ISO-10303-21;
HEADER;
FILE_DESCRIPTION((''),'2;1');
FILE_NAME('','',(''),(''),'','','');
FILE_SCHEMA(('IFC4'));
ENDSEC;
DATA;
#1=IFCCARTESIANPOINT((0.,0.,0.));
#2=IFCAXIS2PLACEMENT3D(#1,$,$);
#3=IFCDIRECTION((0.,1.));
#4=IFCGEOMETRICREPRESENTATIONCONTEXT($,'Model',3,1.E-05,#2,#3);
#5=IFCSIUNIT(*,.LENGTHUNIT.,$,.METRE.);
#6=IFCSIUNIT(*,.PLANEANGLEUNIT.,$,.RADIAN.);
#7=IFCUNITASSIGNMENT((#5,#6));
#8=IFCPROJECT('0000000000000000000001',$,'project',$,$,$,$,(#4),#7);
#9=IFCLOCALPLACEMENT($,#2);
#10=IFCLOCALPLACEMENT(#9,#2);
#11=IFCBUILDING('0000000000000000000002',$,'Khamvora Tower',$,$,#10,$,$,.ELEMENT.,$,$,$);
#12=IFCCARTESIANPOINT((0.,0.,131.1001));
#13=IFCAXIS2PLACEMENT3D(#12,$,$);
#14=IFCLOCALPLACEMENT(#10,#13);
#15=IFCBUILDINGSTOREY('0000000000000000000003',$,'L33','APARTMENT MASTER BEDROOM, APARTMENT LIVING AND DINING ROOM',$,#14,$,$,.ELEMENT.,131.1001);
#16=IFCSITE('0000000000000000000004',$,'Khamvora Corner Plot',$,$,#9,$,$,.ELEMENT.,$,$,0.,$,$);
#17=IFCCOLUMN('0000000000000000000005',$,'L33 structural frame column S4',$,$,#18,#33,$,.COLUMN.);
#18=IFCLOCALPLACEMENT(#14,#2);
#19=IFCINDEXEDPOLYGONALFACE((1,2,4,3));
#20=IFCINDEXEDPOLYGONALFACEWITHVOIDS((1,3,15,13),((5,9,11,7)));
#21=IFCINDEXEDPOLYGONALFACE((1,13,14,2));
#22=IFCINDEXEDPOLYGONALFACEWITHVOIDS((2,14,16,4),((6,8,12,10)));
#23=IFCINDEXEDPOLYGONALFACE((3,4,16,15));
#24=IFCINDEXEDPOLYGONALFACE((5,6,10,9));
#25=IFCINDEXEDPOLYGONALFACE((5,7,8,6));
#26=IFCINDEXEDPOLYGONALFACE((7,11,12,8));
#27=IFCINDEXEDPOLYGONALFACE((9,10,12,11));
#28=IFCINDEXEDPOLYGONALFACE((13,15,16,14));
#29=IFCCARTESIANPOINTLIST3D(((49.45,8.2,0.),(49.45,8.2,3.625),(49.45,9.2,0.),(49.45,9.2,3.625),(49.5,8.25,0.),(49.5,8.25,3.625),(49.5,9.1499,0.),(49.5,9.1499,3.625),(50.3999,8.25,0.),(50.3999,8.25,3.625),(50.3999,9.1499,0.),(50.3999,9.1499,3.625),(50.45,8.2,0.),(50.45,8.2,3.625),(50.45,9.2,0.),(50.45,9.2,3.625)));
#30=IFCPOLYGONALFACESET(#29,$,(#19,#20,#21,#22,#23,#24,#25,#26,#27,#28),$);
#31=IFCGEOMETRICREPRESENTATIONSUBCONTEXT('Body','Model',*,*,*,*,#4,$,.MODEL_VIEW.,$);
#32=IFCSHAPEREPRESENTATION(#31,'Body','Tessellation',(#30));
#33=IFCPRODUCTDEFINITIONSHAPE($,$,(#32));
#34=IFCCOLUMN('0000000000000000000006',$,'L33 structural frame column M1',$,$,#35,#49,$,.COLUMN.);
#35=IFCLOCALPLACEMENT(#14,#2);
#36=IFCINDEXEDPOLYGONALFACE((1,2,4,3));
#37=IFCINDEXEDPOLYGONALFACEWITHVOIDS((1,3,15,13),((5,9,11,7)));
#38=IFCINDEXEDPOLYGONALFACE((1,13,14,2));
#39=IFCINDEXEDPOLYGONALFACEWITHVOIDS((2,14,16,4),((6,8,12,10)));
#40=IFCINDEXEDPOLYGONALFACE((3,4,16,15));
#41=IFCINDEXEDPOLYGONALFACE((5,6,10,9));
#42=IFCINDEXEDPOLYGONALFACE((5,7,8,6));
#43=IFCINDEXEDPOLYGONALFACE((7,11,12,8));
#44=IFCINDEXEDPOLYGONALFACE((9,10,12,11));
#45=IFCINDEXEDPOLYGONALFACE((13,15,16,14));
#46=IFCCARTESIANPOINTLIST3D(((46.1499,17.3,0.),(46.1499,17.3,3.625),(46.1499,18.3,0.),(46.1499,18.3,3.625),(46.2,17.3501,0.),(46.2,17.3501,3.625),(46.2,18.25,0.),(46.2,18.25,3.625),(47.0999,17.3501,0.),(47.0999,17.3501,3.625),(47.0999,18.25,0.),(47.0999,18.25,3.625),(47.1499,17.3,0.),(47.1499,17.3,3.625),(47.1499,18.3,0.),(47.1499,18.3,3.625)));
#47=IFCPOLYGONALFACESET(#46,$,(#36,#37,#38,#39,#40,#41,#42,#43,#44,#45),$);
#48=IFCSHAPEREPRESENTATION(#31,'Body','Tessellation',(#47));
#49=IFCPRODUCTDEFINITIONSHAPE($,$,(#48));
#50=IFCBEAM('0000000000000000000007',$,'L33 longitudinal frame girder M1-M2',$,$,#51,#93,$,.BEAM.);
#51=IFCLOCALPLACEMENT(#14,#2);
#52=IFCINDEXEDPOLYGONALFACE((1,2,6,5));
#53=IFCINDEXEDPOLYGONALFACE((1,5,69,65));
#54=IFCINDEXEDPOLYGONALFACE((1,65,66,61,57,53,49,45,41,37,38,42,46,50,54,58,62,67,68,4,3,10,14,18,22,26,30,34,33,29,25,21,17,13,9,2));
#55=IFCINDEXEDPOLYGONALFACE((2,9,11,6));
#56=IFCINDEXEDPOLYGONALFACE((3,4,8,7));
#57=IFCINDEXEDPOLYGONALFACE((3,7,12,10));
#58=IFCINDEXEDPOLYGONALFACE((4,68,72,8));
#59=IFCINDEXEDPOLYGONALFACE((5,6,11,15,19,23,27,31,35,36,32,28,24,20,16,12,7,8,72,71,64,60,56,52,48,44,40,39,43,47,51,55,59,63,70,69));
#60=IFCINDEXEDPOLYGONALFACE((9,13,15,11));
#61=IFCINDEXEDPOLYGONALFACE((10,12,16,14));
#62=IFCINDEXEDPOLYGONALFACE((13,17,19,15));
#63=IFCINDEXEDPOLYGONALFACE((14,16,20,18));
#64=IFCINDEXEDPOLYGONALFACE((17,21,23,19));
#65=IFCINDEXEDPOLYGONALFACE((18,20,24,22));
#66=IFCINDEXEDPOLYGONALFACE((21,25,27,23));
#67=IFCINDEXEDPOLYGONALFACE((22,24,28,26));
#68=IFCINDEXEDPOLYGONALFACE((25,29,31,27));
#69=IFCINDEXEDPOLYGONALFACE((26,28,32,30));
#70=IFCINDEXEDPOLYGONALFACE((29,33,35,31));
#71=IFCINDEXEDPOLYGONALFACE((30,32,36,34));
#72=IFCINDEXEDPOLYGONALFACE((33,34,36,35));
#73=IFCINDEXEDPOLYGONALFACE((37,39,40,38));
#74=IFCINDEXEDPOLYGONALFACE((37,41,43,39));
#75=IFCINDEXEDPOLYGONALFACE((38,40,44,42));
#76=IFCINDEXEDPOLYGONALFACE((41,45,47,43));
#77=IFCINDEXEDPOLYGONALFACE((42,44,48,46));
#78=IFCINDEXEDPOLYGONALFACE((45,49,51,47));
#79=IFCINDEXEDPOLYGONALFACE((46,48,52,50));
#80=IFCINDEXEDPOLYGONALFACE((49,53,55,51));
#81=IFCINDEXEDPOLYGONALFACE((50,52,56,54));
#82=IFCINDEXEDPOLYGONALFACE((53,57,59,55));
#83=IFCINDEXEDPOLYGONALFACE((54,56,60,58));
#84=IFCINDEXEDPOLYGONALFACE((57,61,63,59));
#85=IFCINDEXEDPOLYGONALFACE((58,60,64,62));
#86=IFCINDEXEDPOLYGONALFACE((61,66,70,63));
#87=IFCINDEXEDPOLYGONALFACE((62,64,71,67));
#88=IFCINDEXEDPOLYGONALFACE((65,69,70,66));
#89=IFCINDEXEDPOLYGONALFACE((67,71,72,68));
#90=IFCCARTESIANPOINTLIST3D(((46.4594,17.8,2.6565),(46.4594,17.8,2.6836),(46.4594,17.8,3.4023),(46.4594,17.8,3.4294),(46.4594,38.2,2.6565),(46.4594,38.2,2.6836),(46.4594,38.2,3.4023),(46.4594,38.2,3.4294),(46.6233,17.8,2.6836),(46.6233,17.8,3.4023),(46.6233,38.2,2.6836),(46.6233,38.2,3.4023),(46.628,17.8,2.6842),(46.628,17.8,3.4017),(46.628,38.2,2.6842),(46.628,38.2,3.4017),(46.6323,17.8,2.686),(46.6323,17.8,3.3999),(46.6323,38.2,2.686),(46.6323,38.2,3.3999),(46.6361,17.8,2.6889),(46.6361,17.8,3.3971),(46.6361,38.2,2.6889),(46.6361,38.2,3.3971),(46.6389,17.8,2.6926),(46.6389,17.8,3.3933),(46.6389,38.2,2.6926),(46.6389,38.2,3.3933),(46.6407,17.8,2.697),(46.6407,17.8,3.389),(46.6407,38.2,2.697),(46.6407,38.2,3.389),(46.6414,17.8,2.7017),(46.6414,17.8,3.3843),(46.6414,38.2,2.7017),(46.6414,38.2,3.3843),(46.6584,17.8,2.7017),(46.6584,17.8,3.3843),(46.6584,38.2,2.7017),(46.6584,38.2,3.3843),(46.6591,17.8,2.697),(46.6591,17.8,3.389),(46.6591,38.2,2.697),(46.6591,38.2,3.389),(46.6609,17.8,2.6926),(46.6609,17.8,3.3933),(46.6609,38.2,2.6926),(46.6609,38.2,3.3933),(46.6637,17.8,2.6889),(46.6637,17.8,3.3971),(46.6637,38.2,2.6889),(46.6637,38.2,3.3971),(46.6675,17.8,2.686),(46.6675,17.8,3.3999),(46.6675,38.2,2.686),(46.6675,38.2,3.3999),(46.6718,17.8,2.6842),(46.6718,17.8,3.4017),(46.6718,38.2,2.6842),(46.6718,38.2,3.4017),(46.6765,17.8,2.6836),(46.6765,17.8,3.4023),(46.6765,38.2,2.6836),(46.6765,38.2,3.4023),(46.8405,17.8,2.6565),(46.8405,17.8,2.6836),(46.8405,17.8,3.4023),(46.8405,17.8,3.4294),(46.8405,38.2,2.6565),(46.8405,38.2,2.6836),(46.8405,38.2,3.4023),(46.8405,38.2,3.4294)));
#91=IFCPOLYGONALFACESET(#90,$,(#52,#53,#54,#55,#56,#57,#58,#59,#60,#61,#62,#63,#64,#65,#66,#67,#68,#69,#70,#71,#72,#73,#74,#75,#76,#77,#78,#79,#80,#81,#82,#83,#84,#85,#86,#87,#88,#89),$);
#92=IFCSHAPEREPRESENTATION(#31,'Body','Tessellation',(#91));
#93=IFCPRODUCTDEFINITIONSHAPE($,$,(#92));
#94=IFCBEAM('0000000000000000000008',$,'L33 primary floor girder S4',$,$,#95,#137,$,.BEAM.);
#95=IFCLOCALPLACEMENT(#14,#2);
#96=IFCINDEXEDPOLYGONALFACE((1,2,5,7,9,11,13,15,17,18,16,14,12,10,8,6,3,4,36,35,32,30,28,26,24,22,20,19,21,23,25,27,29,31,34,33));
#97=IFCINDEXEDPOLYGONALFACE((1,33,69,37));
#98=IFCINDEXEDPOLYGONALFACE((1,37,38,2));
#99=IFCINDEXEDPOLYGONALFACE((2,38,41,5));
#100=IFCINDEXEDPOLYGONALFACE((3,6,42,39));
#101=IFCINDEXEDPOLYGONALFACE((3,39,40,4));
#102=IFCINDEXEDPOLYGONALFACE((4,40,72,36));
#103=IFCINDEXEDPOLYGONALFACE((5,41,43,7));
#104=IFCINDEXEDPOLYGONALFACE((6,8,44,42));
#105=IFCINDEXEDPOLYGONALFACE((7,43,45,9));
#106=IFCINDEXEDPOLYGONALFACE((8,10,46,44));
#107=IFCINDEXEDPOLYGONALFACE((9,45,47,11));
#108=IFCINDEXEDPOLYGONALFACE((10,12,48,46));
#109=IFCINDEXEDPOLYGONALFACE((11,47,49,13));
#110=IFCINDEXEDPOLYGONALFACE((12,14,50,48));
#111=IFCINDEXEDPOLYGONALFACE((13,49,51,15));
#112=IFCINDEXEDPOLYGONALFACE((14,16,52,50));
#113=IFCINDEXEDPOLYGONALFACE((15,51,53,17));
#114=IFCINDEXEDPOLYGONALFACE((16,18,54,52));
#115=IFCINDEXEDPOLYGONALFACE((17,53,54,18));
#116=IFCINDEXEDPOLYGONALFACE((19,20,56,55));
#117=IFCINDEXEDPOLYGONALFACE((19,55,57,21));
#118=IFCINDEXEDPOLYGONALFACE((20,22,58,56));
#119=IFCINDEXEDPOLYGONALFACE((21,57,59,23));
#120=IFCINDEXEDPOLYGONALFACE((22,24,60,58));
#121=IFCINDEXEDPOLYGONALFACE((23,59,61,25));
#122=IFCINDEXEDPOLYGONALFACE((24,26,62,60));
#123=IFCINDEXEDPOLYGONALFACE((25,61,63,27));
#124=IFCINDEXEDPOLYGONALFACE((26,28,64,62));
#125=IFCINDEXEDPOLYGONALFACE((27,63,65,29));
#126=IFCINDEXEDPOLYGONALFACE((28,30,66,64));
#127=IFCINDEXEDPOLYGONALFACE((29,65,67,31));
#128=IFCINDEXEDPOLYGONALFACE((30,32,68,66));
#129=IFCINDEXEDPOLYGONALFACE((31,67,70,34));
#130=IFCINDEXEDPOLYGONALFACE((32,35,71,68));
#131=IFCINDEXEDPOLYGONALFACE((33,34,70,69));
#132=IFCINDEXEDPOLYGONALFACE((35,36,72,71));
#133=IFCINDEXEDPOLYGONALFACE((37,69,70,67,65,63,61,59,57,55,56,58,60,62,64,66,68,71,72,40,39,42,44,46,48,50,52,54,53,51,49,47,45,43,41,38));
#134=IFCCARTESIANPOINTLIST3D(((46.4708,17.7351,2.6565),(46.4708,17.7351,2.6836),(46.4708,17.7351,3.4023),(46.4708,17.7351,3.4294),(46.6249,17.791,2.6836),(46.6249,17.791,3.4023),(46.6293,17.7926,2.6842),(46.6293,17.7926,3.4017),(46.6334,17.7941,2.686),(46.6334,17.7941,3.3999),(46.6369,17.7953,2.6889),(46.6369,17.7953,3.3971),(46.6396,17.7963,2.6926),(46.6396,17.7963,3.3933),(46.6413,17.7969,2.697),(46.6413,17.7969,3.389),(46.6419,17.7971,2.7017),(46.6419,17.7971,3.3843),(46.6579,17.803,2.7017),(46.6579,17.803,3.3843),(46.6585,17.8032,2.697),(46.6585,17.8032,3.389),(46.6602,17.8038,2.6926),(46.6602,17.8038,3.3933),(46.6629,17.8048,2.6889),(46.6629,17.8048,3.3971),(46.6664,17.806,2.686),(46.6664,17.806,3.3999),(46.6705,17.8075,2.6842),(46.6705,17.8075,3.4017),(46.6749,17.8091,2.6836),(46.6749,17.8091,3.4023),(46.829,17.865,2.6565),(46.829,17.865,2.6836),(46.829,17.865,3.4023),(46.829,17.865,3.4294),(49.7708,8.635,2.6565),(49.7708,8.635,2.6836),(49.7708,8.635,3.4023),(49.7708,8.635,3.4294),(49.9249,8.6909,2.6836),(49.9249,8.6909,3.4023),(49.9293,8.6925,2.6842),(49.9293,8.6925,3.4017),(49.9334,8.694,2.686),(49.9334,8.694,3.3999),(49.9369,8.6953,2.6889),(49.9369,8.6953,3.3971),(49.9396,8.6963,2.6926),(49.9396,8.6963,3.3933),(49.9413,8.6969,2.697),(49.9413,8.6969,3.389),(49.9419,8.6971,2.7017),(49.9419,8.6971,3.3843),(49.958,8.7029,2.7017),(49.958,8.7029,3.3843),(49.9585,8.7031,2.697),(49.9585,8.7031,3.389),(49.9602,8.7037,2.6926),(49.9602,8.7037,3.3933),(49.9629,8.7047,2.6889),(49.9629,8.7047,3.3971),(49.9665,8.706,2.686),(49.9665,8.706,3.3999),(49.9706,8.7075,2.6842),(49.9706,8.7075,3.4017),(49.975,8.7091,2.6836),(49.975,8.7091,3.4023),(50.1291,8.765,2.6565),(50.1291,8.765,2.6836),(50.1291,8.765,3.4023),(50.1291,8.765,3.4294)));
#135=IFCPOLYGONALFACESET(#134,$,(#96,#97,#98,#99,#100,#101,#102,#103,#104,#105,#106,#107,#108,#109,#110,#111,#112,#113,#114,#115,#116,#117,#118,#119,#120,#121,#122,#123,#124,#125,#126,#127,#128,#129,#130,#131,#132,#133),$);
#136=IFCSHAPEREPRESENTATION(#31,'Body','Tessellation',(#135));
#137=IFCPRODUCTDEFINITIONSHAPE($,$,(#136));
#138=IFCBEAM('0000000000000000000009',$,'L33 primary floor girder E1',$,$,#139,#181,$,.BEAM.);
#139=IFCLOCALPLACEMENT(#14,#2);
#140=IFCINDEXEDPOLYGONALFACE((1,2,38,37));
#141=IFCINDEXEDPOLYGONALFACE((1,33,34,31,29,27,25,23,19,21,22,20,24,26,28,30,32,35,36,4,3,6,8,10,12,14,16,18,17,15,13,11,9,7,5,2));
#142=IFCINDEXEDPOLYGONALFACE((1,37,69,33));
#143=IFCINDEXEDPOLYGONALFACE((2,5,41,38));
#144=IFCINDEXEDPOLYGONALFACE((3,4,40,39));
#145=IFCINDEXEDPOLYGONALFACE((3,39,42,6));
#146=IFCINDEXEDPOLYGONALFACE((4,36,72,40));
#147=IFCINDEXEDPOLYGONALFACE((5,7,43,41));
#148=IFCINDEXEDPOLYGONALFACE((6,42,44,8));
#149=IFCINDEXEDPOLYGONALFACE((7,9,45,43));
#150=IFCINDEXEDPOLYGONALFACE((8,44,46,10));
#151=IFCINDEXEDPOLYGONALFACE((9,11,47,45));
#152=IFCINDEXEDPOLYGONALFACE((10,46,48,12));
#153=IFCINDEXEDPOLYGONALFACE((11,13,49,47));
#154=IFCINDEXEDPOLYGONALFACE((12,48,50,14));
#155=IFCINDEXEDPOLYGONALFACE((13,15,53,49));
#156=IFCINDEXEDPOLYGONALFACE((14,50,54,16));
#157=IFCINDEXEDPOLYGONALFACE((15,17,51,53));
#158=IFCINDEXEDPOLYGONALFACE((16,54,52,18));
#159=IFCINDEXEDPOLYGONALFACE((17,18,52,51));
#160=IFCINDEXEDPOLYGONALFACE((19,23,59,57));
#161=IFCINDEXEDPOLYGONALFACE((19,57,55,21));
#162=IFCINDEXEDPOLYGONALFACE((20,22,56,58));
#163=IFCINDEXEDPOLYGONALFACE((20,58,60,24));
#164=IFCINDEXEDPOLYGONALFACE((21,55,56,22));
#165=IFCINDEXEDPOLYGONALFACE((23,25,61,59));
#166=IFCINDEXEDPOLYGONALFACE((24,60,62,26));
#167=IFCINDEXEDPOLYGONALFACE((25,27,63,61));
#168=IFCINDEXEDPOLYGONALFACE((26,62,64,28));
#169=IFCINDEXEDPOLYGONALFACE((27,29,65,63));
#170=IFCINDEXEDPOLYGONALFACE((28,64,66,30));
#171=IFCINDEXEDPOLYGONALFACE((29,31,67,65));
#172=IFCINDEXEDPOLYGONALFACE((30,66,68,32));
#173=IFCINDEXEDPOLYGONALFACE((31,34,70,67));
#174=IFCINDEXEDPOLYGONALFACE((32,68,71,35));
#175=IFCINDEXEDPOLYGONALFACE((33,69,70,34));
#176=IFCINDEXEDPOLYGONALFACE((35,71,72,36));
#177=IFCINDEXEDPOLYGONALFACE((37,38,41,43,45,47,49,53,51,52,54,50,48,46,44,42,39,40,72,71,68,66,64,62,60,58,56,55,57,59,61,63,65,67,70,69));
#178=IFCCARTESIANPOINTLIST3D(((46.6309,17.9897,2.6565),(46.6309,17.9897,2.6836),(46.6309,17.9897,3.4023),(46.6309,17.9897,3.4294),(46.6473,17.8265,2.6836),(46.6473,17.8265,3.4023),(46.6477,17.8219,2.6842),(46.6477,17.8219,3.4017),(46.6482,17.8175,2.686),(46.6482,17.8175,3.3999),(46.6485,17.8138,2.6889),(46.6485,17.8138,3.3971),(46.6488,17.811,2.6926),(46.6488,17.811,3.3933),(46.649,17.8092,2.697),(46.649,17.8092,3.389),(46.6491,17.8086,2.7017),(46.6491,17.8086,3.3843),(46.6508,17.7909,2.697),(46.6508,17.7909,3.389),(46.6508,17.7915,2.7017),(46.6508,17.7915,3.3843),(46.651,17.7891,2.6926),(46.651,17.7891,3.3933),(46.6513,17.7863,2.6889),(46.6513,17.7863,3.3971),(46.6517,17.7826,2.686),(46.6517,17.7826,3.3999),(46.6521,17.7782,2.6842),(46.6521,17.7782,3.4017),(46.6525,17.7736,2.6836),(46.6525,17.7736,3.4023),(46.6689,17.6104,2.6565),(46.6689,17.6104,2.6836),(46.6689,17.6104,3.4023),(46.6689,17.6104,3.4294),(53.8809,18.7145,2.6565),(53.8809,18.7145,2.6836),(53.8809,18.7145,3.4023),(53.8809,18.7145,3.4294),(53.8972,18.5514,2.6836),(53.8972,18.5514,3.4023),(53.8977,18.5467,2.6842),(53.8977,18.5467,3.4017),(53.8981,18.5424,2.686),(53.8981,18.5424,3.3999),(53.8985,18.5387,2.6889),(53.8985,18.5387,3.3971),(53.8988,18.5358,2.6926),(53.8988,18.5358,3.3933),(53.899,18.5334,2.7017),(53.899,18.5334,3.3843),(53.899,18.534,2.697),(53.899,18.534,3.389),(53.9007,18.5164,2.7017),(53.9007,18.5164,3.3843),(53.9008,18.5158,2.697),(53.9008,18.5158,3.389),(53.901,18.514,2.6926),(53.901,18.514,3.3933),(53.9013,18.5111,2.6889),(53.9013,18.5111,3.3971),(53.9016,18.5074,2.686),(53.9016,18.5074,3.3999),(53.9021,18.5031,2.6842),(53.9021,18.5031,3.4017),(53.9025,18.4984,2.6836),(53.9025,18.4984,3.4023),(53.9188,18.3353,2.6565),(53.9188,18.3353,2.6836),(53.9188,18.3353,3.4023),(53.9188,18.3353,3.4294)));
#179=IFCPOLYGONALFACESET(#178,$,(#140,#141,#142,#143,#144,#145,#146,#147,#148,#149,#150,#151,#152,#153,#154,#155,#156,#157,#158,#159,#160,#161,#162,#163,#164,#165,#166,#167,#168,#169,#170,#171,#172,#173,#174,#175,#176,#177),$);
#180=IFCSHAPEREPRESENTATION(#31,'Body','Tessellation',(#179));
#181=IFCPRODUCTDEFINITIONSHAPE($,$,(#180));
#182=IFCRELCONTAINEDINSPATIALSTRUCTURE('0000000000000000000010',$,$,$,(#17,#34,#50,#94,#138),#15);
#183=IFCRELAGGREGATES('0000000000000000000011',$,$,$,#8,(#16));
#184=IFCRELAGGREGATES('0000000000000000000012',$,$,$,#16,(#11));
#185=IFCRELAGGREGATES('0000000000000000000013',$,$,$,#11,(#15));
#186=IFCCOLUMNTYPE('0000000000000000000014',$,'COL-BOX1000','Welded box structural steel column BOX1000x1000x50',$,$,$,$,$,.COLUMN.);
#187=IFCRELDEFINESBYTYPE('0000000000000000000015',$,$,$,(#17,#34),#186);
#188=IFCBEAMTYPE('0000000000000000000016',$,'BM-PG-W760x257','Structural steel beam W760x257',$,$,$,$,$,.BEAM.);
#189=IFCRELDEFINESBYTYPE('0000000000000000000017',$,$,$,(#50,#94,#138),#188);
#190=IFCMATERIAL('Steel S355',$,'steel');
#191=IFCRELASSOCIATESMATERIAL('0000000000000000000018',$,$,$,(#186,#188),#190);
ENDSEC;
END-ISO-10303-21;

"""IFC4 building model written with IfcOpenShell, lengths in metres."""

from ifc_helpers import new_model, si_unit, direction, frame, origin, origin_2d, place, context, subcontext, project, spatial, hollow_rectangle, i_section, extrude, material, material_profile, profile_set, type_object, element, save


model = new_model("IFC4")

# Units and contexts
model_context = context("Model", 3, precision=1e-05, world=origin(), true_north=direction((0.0, 1.0)))
body_context = subcontext(model_context, "Body", "Model", "MODEL_VIEW")
ifc_project = project(units=[si_unit("LENGTHUNIT", "METRE"), si_unit("PLANEANGLEUNIT", "RADIAN")], contexts=[model_context])

# Site, building, storey
site_placement = place(None, origin())
site = spatial("IfcSite", under=ifc_project, at=site_placement, Name="Khamvora Corner Plot", CompositionType="ELEMENT", RefElevation=0.0)
building_placement = place(site_placement, origin())
building = spatial("IfcBuilding", under=site, at=building_placement, Name="Khamvora Tower", CompositionType="ELEMENT")
storey_placement = place(building_placement, frame((0.0, 0.0, 131.1001)))
storey = spatial("IfcBuildingStorey", under=building, at=storey_placement, Name="L33", Description="APARTMENT MASTER BEDROOM, APARTMENT LIVING AND DINING ROOM", CompositionType="ELEMENT", Elevation=131.1001)

# Columns
ifc_material_1 = material(Name="Steel S355", Category="steel")
ifc_material_profile_1 = material_profile(ifc_material_1, hollow_rectangle(XDim=1.0, YDim=1.0, WallThickness=0.05, at=origin_2d()), Name="BOX1000x1000x50")
ifc_profile_set_1 = profile_set([ifc_material_profile_1], Name="Steel S355")
column_type = type_object("IfcColumnType", Name="COL-BOX1000", Description="Welded box structural steel column BOX1000x1000x50", PredefinedType="COLUMN", material=ifc_profile_set_1)
for number, where, z_axis, x_axis, name in (
    (1, (49.95, 8.7, 0.0), (0.0, 0.0, 1.0), (1.0, 0.0, 0.0), "L33 structural frame column S4"),
    (2, (46.6499, 17.8, 0.0), (0.0, 0.0, 1.0), (1.0, 0.0, 0.0), "L33 structural frame column M1"),
):
    element("IfcColumn", number, at=place(storey_placement, frame(where, z_axis=z_axis, x_axis=x_axis)), inside=storey, type_object=column_type, Name=name, PredefinedType="COLUMN", context=body_context, shape_type="SweptSolid", body=[
        extrude(hollow_rectangle(XDim=1.0, YDim=1.0, WallThickness=0.05, at=origin_2d()), origin(), (0.0, 0.0, 1.0), 3.625),
    ])

# Beams
ifc_material_profile_2 = material_profile(ifc_material_1, i_section(OverallWidth=0.3811, OverallDepth=0.7729, WebThickness=0.0171, FlangeThickness=0.0271, FilletRadius=0.0181, at=origin_2d()), Name="W760x257")
ifc_profile_set_2 = profile_set([ifc_material_profile_2], Name="Steel S355")
beam_type_1 = type_object("IfcBeamType", Name="BM-PG-W760x257", Description="Structural steel beam W760x257", PredefinedType="BEAM", material=ifc_profile_set_2)
beam_1_placement = place(storey_placement, frame((46.6499, 17.8, 3.043), z_axis=(0.0, 1.0, 0.0), x_axis=(-1.0, 0.0, 0.0)))
element("IfcBeam", 3, at=beam_1_placement, inside=storey, type_object=beam_type_1, Name="L33 longitudinal frame girder M1-M2", PredefinedType="BEAM", context=body_context, shape_type="SweptSolid", body=[
    extrude(i_section(OverallWidth=0.3811, OverallDepth=0.7729, WebThickness=0.0171, FlangeThickness=0.0271, FilletRadius=0.0181, at=origin_2d()), origin(), (0.0, 0.0, 1.0), 20.3999),
])
beam_2_placement = place(storey_placement, frame((46.6499, 17.8, 3.043), z_axis=(0.340915, -0.940094, 0.0), x_axis=(0.940094, 0.340915, 0.0)))
element("IfcBeam", 4, at=beam_2_placement, inside=storey, type_object=beam_type_1, Name="L33 primary floor girder S4", PredefinedType="BEAM", context=body_context, shape_type="SweptSolid", body=[
    extrude(i_section(OverallWidth=0.3811, OverallDepth=0.7729, WebThickness=0.0171, FlangeThickness=0.0271, FilletRadius=0.0181, at=origin_2d()), origin(), (0.0, 0.0, 1.0), 9.6799),
])
beam_3_placement = place(storey_placement, frame((46.6499, 17.8, 3.043), z_axis=(0.995039, 0.099484, 0.0), x_axis=(-0.099484, 0.995039, 0.0)))
element("IfcBeam", 5, at=beam_3_placement, inside=storey, type_object=beam_type_1, Name="L33 primary floor girder E1", PredefinedType="BEAM", context=body_context, shape_type="SweptSolid", body=[
    extrude(i_section(OverallWidth=0.3811, OverallDepth=0.7729, WebThickness=0.0171, FlangeThickness=0.0271, FilletRadius=0.0181, at=origin_2d()), origin(), (0.0, 0.0, 1.0), 7.2861),
])

save(model, "model.ifc")
